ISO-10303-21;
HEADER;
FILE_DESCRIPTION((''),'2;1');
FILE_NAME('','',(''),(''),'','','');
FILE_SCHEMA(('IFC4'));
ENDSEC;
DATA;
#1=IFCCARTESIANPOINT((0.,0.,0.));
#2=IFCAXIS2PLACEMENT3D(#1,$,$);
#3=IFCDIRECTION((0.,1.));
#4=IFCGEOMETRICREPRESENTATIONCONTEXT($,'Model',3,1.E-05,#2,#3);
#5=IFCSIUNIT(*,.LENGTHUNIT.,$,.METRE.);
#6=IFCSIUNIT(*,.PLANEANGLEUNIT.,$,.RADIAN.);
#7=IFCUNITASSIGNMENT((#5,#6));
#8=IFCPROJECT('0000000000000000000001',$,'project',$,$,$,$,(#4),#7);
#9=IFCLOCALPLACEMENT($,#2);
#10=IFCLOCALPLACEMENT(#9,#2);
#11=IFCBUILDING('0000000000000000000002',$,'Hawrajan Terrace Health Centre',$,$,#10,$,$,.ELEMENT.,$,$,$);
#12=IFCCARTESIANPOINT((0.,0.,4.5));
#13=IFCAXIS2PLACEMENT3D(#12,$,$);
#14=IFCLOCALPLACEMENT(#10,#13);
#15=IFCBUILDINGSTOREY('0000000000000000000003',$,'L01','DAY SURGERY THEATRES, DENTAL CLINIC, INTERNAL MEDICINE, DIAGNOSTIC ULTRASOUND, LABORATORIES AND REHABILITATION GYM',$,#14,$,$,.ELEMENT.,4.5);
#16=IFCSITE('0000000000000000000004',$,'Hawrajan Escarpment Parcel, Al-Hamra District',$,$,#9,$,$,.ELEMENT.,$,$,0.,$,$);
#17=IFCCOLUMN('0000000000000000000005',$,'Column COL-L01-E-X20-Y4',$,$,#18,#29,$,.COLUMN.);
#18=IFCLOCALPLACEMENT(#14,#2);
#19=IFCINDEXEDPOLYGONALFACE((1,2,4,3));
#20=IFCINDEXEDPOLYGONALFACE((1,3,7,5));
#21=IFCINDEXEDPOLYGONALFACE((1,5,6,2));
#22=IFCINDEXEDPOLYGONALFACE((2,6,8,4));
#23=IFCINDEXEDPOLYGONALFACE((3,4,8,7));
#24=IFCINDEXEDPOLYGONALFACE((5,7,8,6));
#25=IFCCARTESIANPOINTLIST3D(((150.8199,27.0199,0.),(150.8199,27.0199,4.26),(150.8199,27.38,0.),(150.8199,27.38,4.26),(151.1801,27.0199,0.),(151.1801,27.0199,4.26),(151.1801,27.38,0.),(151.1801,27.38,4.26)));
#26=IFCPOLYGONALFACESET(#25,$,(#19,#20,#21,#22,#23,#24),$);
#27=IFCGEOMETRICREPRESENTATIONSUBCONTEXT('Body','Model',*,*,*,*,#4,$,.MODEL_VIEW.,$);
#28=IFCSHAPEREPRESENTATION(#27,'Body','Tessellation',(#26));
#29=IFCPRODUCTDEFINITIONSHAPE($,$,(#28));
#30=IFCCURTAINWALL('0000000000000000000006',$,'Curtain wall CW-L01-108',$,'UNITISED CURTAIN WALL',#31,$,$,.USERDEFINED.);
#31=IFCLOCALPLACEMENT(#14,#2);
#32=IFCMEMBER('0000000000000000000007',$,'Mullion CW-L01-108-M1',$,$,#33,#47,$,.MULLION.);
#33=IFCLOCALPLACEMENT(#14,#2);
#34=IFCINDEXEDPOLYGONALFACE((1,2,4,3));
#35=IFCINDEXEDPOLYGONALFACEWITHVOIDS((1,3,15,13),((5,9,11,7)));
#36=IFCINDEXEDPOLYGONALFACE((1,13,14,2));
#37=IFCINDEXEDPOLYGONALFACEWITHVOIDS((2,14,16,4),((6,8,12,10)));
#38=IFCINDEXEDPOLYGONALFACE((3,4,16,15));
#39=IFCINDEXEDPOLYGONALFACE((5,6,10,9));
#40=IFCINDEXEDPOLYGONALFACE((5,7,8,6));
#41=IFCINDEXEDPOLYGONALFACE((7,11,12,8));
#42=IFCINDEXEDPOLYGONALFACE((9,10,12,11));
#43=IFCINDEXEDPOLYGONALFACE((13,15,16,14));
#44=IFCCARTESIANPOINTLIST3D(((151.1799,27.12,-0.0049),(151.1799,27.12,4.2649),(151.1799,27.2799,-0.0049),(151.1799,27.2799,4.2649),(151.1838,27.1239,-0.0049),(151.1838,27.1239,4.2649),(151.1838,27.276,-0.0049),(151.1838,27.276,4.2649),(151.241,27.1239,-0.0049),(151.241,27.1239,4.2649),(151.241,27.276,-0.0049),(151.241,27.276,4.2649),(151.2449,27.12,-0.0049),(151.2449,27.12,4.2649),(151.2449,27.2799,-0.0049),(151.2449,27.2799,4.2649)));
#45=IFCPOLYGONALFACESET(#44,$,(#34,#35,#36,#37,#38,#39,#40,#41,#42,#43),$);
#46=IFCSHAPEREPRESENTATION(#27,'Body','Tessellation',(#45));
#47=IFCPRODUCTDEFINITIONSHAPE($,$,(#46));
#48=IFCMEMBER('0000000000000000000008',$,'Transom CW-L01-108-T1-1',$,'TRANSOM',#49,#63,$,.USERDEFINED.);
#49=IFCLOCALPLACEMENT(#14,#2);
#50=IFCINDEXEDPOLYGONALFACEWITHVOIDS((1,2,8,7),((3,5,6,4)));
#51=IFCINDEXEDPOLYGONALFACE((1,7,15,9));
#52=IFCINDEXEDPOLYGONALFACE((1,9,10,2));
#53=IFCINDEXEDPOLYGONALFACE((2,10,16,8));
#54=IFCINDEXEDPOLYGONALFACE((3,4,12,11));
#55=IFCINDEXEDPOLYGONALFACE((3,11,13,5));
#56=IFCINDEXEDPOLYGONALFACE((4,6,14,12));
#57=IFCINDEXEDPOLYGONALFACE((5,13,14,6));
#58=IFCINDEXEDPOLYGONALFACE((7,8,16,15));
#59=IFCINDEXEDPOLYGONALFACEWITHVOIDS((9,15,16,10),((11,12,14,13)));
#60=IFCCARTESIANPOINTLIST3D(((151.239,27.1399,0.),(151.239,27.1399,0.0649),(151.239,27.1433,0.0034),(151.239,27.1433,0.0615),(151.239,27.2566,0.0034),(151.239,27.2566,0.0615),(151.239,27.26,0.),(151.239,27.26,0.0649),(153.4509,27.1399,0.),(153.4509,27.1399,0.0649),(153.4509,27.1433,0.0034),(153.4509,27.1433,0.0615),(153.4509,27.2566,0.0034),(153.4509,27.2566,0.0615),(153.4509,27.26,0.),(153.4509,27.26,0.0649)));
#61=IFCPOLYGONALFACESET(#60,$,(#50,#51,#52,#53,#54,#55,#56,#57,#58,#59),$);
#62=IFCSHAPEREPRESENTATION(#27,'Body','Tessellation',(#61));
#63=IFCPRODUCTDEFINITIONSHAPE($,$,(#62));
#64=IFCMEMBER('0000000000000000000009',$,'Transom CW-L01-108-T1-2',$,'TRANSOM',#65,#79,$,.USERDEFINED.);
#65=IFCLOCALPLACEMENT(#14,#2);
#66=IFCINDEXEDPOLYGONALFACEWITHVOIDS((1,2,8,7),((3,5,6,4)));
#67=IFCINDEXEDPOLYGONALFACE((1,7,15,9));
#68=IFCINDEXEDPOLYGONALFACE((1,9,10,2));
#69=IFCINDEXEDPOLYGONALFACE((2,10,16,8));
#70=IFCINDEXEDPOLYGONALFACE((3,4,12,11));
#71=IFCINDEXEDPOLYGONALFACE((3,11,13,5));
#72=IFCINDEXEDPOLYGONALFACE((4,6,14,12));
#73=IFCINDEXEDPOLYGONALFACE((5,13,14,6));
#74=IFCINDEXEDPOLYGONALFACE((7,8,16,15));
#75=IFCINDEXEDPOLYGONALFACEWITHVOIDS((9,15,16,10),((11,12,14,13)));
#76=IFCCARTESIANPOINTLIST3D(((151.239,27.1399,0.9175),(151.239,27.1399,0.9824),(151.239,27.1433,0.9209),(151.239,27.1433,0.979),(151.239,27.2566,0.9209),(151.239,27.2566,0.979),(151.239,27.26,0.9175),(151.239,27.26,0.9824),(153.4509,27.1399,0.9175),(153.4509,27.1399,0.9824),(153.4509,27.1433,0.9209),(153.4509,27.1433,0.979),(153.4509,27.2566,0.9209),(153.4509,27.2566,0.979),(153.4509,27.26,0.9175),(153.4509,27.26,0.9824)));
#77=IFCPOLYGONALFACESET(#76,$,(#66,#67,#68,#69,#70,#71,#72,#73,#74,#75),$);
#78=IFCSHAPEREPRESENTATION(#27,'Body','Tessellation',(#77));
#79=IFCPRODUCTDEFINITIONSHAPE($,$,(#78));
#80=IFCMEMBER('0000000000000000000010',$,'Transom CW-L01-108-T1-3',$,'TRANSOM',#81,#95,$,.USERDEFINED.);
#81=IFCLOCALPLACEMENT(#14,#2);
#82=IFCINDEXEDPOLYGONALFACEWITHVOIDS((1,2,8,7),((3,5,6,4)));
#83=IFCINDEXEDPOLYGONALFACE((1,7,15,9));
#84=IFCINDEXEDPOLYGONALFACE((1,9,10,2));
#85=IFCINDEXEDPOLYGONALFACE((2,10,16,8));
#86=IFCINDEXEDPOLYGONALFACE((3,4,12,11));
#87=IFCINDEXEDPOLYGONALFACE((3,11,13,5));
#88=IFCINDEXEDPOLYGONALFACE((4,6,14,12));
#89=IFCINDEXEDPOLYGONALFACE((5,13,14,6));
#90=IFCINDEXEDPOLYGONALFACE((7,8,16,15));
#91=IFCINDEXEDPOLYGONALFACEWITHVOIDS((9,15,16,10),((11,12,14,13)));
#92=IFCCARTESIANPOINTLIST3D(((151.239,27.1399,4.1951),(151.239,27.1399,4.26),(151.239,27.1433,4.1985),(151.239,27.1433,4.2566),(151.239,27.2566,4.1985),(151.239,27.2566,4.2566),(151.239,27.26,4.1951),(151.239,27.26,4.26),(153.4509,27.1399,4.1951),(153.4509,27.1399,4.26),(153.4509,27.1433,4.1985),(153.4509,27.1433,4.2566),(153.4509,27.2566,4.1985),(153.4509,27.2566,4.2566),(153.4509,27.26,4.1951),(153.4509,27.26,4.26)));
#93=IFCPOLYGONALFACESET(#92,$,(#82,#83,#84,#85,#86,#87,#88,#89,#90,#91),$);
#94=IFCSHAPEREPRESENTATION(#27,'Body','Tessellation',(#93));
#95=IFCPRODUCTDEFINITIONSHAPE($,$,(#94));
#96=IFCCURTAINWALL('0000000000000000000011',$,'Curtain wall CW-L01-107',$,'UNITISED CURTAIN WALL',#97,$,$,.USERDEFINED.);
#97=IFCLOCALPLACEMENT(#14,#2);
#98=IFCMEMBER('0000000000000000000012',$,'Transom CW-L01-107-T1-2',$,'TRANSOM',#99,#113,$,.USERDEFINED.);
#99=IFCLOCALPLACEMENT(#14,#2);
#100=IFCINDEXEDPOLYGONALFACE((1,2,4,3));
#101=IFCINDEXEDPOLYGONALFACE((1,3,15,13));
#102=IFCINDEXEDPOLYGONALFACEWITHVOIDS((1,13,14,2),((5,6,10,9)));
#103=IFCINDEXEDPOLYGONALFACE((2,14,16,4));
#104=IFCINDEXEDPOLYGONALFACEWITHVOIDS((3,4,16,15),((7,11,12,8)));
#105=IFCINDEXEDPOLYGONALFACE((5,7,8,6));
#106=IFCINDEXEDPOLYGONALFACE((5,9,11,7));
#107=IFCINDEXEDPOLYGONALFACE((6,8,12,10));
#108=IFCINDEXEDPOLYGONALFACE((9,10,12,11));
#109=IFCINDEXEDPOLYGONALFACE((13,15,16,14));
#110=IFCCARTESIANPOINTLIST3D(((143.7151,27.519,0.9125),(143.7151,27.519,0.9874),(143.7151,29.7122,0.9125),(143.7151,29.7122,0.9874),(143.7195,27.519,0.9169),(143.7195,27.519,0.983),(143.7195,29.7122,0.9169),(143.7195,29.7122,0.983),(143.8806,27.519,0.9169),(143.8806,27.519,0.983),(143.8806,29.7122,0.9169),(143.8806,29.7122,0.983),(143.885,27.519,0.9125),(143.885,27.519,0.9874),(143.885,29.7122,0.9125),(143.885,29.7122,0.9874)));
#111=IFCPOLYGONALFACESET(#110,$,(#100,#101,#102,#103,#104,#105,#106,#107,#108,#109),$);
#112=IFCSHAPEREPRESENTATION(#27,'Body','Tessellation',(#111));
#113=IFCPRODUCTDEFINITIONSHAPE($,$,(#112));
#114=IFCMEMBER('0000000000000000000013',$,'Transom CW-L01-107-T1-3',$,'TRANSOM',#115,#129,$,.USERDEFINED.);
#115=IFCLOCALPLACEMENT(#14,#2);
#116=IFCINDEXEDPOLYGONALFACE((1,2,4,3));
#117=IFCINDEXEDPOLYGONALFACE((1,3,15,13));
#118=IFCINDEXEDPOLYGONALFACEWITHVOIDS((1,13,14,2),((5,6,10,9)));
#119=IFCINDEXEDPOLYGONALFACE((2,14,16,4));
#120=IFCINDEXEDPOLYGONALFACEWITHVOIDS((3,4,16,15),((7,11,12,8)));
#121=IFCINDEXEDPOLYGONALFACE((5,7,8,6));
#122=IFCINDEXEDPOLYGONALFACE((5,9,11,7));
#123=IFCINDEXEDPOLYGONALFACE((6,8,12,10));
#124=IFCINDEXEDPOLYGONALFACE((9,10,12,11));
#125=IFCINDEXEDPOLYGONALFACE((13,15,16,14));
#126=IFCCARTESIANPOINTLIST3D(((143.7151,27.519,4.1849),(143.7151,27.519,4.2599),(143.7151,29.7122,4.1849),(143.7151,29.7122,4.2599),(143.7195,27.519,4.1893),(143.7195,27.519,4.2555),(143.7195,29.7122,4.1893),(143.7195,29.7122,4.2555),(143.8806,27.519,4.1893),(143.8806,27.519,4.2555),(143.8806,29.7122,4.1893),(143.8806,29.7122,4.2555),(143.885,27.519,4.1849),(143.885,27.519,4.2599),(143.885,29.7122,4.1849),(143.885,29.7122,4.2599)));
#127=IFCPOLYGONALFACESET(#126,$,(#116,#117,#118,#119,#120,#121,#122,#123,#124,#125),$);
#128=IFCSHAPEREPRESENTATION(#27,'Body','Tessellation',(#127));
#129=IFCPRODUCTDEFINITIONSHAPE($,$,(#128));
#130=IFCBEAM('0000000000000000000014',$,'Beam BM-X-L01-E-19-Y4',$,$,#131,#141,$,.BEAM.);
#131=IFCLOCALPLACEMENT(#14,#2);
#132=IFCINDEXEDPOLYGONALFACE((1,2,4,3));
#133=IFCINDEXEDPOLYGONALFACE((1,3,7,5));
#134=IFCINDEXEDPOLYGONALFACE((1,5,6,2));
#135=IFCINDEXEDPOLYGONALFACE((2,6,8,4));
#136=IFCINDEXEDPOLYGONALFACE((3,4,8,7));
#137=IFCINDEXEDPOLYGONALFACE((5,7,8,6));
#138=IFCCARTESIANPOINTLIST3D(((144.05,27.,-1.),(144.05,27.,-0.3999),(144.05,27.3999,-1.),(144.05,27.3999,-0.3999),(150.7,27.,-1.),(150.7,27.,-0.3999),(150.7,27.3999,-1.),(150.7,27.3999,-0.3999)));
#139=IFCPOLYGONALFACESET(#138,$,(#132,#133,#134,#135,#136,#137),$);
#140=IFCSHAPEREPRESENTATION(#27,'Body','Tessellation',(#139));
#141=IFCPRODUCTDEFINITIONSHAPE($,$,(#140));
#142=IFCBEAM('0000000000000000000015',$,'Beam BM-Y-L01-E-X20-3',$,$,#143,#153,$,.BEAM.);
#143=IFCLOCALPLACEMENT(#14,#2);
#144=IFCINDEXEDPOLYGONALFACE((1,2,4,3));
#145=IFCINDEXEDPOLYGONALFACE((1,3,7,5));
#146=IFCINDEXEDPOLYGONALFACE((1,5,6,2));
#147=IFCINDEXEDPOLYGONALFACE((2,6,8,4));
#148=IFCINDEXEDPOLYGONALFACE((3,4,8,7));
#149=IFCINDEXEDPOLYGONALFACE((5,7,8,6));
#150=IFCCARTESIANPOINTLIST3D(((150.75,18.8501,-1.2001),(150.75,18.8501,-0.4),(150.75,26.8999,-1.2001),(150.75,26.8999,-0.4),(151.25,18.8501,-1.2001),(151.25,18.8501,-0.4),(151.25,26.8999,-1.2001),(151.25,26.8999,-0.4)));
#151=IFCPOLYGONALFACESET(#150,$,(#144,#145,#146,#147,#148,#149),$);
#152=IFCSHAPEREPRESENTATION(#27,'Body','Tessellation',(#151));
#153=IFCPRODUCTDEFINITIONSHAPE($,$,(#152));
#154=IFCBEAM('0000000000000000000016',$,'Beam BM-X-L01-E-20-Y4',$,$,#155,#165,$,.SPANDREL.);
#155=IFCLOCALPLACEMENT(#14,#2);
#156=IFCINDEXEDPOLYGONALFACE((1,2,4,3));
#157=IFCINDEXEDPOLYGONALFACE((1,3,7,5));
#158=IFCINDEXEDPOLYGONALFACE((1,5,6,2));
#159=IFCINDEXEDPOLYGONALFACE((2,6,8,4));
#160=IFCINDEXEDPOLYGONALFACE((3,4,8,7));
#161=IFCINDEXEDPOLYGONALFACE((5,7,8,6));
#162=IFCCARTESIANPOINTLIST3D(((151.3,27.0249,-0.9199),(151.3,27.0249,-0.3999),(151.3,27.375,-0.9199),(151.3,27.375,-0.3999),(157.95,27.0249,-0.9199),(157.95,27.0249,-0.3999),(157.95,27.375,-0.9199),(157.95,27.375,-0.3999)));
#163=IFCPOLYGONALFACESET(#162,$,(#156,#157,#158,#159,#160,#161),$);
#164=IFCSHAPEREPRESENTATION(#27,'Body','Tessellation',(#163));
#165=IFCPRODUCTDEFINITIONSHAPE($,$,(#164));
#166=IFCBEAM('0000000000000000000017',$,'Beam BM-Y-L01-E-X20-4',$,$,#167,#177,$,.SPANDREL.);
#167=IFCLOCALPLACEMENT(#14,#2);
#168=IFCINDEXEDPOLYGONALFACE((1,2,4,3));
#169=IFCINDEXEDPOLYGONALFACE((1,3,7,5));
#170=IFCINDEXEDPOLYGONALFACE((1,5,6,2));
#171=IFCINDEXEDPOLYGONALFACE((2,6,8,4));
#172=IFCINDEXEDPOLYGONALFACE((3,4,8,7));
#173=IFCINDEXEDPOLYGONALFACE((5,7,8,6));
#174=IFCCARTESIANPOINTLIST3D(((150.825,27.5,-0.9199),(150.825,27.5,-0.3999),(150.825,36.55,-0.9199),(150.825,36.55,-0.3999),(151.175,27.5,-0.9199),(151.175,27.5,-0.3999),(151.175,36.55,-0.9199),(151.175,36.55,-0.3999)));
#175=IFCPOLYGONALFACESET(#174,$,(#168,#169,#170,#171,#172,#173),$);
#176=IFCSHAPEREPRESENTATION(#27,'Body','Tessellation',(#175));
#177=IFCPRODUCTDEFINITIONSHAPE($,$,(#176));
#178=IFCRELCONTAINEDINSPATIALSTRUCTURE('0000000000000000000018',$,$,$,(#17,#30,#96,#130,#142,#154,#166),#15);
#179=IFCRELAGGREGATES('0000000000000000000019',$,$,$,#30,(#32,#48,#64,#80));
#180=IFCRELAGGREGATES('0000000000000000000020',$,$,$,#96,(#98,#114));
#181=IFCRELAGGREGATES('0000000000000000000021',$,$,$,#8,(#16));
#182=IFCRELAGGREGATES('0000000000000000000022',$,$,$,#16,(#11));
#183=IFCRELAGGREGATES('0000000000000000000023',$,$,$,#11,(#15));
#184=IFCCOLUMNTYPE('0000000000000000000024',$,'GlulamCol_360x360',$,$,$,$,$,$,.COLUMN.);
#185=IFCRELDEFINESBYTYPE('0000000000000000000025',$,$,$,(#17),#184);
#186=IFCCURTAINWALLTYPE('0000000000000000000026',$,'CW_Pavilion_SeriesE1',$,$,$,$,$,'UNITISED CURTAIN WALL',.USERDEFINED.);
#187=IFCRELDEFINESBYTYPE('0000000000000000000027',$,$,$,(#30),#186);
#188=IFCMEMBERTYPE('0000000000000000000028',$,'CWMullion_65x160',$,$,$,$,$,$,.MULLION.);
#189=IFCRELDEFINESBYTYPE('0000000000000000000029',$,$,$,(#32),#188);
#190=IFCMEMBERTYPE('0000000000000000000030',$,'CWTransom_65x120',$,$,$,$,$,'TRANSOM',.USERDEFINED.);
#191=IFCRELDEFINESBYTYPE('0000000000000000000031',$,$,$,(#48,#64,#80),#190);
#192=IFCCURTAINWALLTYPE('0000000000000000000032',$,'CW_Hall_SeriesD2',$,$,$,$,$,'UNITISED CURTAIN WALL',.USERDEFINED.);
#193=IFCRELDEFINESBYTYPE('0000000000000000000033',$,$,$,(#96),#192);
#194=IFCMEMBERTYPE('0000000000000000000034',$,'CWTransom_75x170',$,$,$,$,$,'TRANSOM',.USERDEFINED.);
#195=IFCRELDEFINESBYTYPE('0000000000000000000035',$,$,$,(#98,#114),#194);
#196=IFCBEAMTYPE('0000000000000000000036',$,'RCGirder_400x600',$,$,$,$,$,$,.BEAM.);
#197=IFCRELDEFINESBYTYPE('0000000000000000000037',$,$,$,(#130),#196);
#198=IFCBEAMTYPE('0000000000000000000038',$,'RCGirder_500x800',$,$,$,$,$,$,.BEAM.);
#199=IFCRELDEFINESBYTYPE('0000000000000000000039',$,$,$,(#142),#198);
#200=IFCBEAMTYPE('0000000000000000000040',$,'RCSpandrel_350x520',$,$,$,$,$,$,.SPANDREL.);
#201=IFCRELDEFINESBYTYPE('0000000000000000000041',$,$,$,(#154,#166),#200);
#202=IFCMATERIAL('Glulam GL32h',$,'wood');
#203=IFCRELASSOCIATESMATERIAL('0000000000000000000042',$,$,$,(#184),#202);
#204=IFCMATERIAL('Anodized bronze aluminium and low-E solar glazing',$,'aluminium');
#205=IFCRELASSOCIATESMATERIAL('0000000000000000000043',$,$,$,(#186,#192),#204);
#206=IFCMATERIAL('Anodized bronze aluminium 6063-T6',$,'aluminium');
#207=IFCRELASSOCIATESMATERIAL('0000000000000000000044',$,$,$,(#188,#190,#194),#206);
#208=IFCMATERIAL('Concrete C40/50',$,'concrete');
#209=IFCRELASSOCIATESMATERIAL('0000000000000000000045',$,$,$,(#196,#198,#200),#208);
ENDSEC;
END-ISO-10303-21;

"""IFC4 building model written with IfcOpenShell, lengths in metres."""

from ifc_helpers import new_model, si_unit, direction, frame, origin, origin_2d, place, context, subcontext, project, spatial, rectangle, hollow_rectangle, extrude, material, material_profile, profile_set, type_object, element, aggregate, save


model = new_model("IFC4")

# Units and contexts
model_context = context("Model", 3, precision=1e-05, world=origin(), true_north=direction((0.0, 1.0)))
body_context = subcontext(model_context, "Body", "Model", "MODEL_VIEW")
ifc_project = project(units=[si_unit("LENGTHUNIT", "METRE"), si_unit("PLANEANGLEUNIT", "RADIAN")], contexts=[model_context])

# Site, building, storey
site_placement = place(None, origin())
site = spatial("IfcSite", under=ifc_project, at=site_placement, Name="Hawrajan Escarpment Parcel, Al-Hamra District", CompositionType="ELEMENT", RefElevation=0.0)
building_placement = place(site_placement, origin())
building = spatial("IfcBuilding", under=site, at=building_placement, Name="Hawrajan Terrace Health Centre", CompositionType="ELEMENT")
storey_placement = place(building_placement, frame((0.0, 0.0, 4.5)))
storey = spatial("IfcBuildingStorey", under=building, at=storey_placement, Name="L01", Description="DAY SURGERY THEATRES, DENTAL CLINIC, INTERNAL MEDICINE, DIAGNOSTIC ULTRASOUND, LABORATORIES AND REHABILITATION GYM", CompositionType="ELEMENT", Elevation=4.5)

# Column
ifc_material_1 = material(Name="Glulam GL32h", Category="wood")
ifc_material_profile_1 = material_profile(ifc_material_1, rectangle(XDim=0.3601, YDim=0.3601, at=origin_2d()), Name="GL 360x360")
ifc_profile_set_1 = profile_set([ifc_material_profile_1], Name="Glulam GL32h")
column_type = type_object("IfcColumnType", Name="GlulamCol_360x360", PredefinedType="COLUMN", material=ifc_profile_set_1)
column_placement = place(storey_placement, frame((151.0, 27.2, 0.0), z_axis=(0.0, 0.0, 1.0), x_axis=(1.0, 0.0, 0.0)))
element("IfcColumn", 1, at=column_placement, inside=storey, type_object=column_type, Name="Column COL-L01-E-X20-Y4", PredefinedType="COLUMN", context=body_context, shape_type="SweptSolid", body=[
    extrude(rectangle(XDim=0.3601, YDim=0.3601, at=origin_2d()), origin(), (0.0, 0.0, 1.0), 4.26),
])

# Curtain walls, members
ifc_material_2 = material(Name="Anodized bronze aluminium and low-E solar glazing", Category="aluminium")
curtain_wall_type_1 = type_object("IfcCurtainWallType", Name="CW_Pavilion_SeriesE1", ElementType="UNITISED CURTAIN WALL", PredefinedType="USERDEFINED", material=ifc_material_2)
curtain_wall_1_placement = place(storey_placement, origin())
curtain_wall_1 = element("IfcCurtainWall", 2, at=curtain_wall_1_placement, inside=storey, type_object=curtain_wall_type_1, Name="Curtain wall CW-L01-108", ObjectType="UNITISED CURTAIN WALL", PredefinedType="USERDEFINED")
ifc_material_3 = material(Name="Anodized bronze aluminium 6063-T6", Category="aluminium")
ifc_material_profile_2 = material_profile(ifc_material_3, hollow_rectangle(XDim=0.0649, YDim=0.1599, WallThickness=0.0039, at=origin_2d()), Name="CW MUL 65x160")
ifc_profile_set_2 = profile_set([ifc_material_profile_2], Name="Anodized bronze aluminium 6063-T6")
member_type_1 = type_object("IfcMemberType", Name="CWMullion_65x160", PredefinedType="MULLION", material=ifc_profile_set_2)
member_1_placement = place(storey_placement, frame((151.2124, 27.2, -0.0049), z_axis=(0.0, 0.0, 1.0), x_axis=(1.0, 0.0, 0.0)))
member_1 = element("IfcMember", 3, at=member_1_placement, type_object=member_type_1, Name="Mullion CW-L01-108-M1", PredefinedType="MULLION", context=body_context, shape_type="SweptSolid", body=[
    extrude(hollow_rectangle(XDim=0.0649, YDim=0.1599, WallThickness=0.0039, at=origin_2d()), origin(), (0.0, 0.0, 1.0), 4.2698),
])
ifc_material_profile_3 = material_profile(ifc_material_3, hollow_rectangle(XDim=0.0649, YDim=0.1201, WallThickness=0.0034, at=origin_2d()), Name="CW TRN 65x120")
ifc_profile_set_3 = profile_set([ifc_material_profile_3], Name="Anodized bronze aluminium 6063-T6")
member_type_2 = type_object("IfcMemberType", Name="CWTransom_65x120", ElementType="TRANSOM", PredefinedType="USERDEFINED", material=ifc_profile_set_3)
member_2_placement = place(storey_placement, frame((151.239, 27.2, 0.0325), z_axis=(1.0, 0.0, 0.0), x_axis=(0.0, 0.0, 1.0)))
member_2 = element("IfcMember", 4, at=member_2_placement, type_object=member_type_2, Name="Transom CW-L01-108-T1-1", ObjectType="TRANSOM", PredefinedType="USERDEFINED", context=body_context, shape_type="SweptSolid", body=[
    extrude(hollow_rectangle(XDim=0.0649, YDim=0.1201, WallThickness=0.0034, at=origin_2d()), origin(), (0.0, 0.0, 1.0), 2.2119),
])
member_3_placement = place(storey_placement, frame((151.239, 27.2, 0.95), z_axis=(1.0, 0.0, 0.0), x_axis=(0.0, 0.0, 1.0)))
member_3 = element("IfcMember", 5, at=member_3_placement, type_object=member_type_2, Name="Transom CW-L01-108-T1-2", ObjectType="TRANSOM", PredefinedType="USERDEFINED", context=body_context, shape_type="SweptSolid", body=[
    extrude(hollow_rectangle(XDim=0.0649, YDim=0.1201, WallThickness=0.0034, at=origin_2d()), origin(), (0.0, 0.0, 1.0), 2.2119),
])
member_4_placement = place(storey_placement, frame((151.239, 27.2, 4.2275), z_axis=(1.0, 0.0, 0.0), x_axis=(0.0, 0.0, 1.0)))
member_4 = element("IfcMember", 6, at=member_4_placement, type_object=member_type_2, Name="Transom CW-L01-108-T1-3", ObjectType="TRANSOM", PredefinedType="USERDEFINED", context=body_context, shape_type="SweptSolid", body=[
    extrude(hollow_rectangle(XDim=0.0649, YDim=0.1201, WallThickness=0.0034, at=origin_2d()), origin(), (0.0, 0.0, 1.0), 2.2119),
])
aggregate(curtain_wall_1, [member_1, member_2, member_3, member_4])
curtain_wall_type_2 = type_object("IfcCurtainWallType", Name="CW_Hall_SeriesD2", ElementType="UNITISED CURTAIN WALL", PredefinedType="USERDEFINED", material=ifc_material_2)
curtain_wall_2_placement = place(storey_placement, origin())
curtain_wall_2 = element("IfcCurtainWall", 7, at=curtain_wall_2_placement, inside=storey, type_object=curtain_wall_type_2, Name="Curtain wall CW-L01-107", ObjectType="UNITISED CURTAIN WALL", PredefinedType="USERDEFINED")
ifc_material_profile_4 = material_profile(ifc_material_3, hollow_rectangle(XDim=0.075, YDim=0.1699, WallThickness=0.0044, at=origin_2d()), Name="CW TRN 75x170")
ifc_profile_set_4 = profile_set([ifc_material_profile_4], Name="Anodized bronze aluminium 6063-T6")
member_type_3 = type_object("IfcMemberType", Name="CWTransom_75x170", ElementType="TRANSOM", PredefinedType="USERDEFINED", material=ifc_profile_set_4)
member_5_placement = place(storey_placement, frame((143.8, 27.519, 0.95), z_axis=(0.0, 1.0, 0.0), x_axis=(0.0, 0.0, 1.0)))
member_5 = element("IfcMember", 8, at=member_5_placement, type_object=member_type_3, Name="Transom CW-L01-107-T1-2", ObjectType="TRANSOM", PredefinedType="USERDEFINED", context=body_context, shape_type="SweptSolid", body=[
    extrude(hollow_rectangle(XDim=0.075, YDim=0.1699, WallThickness=0.0044, at=origin_2d()), origin(), (0.0, 0.0, 1.0), 2.1931),
])
member_6_placement = place(storey_placement, frame((143.8, 27.519, 4.2224), z_axis=(0.0, 1.0, 0.0), x_axis=(0.0, 0.0, 1.0)))
member_6 = element("IfcMember", 9, at=member_6_placement, type_object=member_type_3, Name="Transom CW-L01-107-T1-3", ObjectType="TRANSOM", PredefinedType="USERDEFINED", context=body_context, shape_type="SweptSolid", body=[
    extrude(hollow_rectangle(XDim=0.075, YDim=0.1699, WallThickness=0.0044, at=origin_2d()), origin(), (0.0, 0.0, 1.0), 2.1931),
])
aggregate(curtain_wall_2, [member_5, member_6])

# Beams
ifc_material_4 = material(Name="Concrete C40/50", Category="concrete")
ifc_material_profile_5 = material_profile(ifc_material_4, rectangle(XDim=0.3999, YDim=0.6001, at=origin_2d()), Name="RC BM 400x600")
ifc_profile_set_5 = profile_set([ifc_material_profile_5], Name="Concrete C40/50")
beam_type_1 = type_object("IfcBeamType", Name="RCGirder_400x600", PredefinedType="BEAM", material=ifc_profile_set_5)
beam_1_placement = place(storey_placement, frame((144.05, 27.2, -0.7), z_axis=(1.0, 0.0, 0.0), x_axis=(0.0, 1.0, 0.0)))
element("IfcBeam", 10, at=beam_1_placement, inside=storey, type_object=beam_type_1, Name="Beam BM-X-L01-E-19-Y4", PredefinedType="BEAM", context=body_context, shape_type="SweptSolid", body=[
    extrude(rectangle(XDim=0.3999, YDim=0.6001, at=origin_2d()), origin(), (0.0, 0.0, 1.0), 6.6499),
])
ifc_material_profile_6 = material_profile(ifc_material_4, rectangle(XDim=0.5, YDim=0.8, at=origin_2d()), Name="RC BM 500x800")
ifc_profile_set_6 = profile_set([ifc_material_profile_6], Name="Concrete C40/50")
beam_type_2 = type_object("IfcBeamType", Name="RCGirder_500x800", PredefinedType="BEAM", material=ifc_profile_set_6)
beam_2_placement = place(storey_placement, frame((151.0, 18.8501, -0.8), z_axis=(0.0, 1.0, 0.0), x_axis=(-1.0, 0.0, 0.0)))
element("IfcBeam", 11, at=beam_2_placement, inside=storey, type_object=beam_type_2, Name="Beam BM-Y-L01-E-X20-3", PredefinedType="BEAM", context=body_context, shape_type="SweptSolid", body=[
    extrude(rectangle(XDim=0.5, YDim=0.8, at=origin_2d()), origin(), (0.0, 0.0, 1.0), 8.0498),
])
ifc_material_profile_7 = material_profile(ifc_material_4, rectangle(XDim=0.3501, YDim=0.52, at=origin_2d()), Name="RC SP 350x520")
ifc_profile_set_7 = profile_set([ifc_material_profile_7], Name="Concrete C40/50")
beam_type_3 = type_object("IfcBeamType", Name="RCSpandrel_350x520", PredefinedType="SPANDREL", material=ifc_profile_set_7)
beam_3_placement = place(storey_placement, frame((151.3, 27.2, -0.6599), z_axis=(1.0, 0.0, 0.0), x_axis=(0.0, 1.0, 0.0)))
element("IfcBeam", 12, at=beam_3_placement, inside=storey, type_object=beam_type_3, Name="Beam BM-X-L01-E-20-Y4", PredefinedType="SPANDREL", context=body_context, shape_type="SweptSolid", body=[
    extrude(rectangle(XDim=0.3501, YDim=0.52, at=origin_2d()), origin(), (0.0, 0.0, 1.0), 6.6499),
])
beam_4_placement = place(storey_placement, frame((151.0, 27.5, -0.6599), z_axis=(0.0, 1.0, 0.0), x_axis=(-1.0, 0.0, 0.0)))
element("IfcBeam", 13, at=beam_4_placement, inside=storey, type_object=beam_type_3, Name="Beam BM-Y-L01-E-X20-4", PredefinedType="SPANDREL", context=body_context, shape_type="SweptSolid", body=[
    extrude(rectangle(XDim=0.3501, YDim=0.52, at=origin_2d()), origin(), (0.0, 0.0, 1.0), 9.05),
])

save(model, "model.ifc")
